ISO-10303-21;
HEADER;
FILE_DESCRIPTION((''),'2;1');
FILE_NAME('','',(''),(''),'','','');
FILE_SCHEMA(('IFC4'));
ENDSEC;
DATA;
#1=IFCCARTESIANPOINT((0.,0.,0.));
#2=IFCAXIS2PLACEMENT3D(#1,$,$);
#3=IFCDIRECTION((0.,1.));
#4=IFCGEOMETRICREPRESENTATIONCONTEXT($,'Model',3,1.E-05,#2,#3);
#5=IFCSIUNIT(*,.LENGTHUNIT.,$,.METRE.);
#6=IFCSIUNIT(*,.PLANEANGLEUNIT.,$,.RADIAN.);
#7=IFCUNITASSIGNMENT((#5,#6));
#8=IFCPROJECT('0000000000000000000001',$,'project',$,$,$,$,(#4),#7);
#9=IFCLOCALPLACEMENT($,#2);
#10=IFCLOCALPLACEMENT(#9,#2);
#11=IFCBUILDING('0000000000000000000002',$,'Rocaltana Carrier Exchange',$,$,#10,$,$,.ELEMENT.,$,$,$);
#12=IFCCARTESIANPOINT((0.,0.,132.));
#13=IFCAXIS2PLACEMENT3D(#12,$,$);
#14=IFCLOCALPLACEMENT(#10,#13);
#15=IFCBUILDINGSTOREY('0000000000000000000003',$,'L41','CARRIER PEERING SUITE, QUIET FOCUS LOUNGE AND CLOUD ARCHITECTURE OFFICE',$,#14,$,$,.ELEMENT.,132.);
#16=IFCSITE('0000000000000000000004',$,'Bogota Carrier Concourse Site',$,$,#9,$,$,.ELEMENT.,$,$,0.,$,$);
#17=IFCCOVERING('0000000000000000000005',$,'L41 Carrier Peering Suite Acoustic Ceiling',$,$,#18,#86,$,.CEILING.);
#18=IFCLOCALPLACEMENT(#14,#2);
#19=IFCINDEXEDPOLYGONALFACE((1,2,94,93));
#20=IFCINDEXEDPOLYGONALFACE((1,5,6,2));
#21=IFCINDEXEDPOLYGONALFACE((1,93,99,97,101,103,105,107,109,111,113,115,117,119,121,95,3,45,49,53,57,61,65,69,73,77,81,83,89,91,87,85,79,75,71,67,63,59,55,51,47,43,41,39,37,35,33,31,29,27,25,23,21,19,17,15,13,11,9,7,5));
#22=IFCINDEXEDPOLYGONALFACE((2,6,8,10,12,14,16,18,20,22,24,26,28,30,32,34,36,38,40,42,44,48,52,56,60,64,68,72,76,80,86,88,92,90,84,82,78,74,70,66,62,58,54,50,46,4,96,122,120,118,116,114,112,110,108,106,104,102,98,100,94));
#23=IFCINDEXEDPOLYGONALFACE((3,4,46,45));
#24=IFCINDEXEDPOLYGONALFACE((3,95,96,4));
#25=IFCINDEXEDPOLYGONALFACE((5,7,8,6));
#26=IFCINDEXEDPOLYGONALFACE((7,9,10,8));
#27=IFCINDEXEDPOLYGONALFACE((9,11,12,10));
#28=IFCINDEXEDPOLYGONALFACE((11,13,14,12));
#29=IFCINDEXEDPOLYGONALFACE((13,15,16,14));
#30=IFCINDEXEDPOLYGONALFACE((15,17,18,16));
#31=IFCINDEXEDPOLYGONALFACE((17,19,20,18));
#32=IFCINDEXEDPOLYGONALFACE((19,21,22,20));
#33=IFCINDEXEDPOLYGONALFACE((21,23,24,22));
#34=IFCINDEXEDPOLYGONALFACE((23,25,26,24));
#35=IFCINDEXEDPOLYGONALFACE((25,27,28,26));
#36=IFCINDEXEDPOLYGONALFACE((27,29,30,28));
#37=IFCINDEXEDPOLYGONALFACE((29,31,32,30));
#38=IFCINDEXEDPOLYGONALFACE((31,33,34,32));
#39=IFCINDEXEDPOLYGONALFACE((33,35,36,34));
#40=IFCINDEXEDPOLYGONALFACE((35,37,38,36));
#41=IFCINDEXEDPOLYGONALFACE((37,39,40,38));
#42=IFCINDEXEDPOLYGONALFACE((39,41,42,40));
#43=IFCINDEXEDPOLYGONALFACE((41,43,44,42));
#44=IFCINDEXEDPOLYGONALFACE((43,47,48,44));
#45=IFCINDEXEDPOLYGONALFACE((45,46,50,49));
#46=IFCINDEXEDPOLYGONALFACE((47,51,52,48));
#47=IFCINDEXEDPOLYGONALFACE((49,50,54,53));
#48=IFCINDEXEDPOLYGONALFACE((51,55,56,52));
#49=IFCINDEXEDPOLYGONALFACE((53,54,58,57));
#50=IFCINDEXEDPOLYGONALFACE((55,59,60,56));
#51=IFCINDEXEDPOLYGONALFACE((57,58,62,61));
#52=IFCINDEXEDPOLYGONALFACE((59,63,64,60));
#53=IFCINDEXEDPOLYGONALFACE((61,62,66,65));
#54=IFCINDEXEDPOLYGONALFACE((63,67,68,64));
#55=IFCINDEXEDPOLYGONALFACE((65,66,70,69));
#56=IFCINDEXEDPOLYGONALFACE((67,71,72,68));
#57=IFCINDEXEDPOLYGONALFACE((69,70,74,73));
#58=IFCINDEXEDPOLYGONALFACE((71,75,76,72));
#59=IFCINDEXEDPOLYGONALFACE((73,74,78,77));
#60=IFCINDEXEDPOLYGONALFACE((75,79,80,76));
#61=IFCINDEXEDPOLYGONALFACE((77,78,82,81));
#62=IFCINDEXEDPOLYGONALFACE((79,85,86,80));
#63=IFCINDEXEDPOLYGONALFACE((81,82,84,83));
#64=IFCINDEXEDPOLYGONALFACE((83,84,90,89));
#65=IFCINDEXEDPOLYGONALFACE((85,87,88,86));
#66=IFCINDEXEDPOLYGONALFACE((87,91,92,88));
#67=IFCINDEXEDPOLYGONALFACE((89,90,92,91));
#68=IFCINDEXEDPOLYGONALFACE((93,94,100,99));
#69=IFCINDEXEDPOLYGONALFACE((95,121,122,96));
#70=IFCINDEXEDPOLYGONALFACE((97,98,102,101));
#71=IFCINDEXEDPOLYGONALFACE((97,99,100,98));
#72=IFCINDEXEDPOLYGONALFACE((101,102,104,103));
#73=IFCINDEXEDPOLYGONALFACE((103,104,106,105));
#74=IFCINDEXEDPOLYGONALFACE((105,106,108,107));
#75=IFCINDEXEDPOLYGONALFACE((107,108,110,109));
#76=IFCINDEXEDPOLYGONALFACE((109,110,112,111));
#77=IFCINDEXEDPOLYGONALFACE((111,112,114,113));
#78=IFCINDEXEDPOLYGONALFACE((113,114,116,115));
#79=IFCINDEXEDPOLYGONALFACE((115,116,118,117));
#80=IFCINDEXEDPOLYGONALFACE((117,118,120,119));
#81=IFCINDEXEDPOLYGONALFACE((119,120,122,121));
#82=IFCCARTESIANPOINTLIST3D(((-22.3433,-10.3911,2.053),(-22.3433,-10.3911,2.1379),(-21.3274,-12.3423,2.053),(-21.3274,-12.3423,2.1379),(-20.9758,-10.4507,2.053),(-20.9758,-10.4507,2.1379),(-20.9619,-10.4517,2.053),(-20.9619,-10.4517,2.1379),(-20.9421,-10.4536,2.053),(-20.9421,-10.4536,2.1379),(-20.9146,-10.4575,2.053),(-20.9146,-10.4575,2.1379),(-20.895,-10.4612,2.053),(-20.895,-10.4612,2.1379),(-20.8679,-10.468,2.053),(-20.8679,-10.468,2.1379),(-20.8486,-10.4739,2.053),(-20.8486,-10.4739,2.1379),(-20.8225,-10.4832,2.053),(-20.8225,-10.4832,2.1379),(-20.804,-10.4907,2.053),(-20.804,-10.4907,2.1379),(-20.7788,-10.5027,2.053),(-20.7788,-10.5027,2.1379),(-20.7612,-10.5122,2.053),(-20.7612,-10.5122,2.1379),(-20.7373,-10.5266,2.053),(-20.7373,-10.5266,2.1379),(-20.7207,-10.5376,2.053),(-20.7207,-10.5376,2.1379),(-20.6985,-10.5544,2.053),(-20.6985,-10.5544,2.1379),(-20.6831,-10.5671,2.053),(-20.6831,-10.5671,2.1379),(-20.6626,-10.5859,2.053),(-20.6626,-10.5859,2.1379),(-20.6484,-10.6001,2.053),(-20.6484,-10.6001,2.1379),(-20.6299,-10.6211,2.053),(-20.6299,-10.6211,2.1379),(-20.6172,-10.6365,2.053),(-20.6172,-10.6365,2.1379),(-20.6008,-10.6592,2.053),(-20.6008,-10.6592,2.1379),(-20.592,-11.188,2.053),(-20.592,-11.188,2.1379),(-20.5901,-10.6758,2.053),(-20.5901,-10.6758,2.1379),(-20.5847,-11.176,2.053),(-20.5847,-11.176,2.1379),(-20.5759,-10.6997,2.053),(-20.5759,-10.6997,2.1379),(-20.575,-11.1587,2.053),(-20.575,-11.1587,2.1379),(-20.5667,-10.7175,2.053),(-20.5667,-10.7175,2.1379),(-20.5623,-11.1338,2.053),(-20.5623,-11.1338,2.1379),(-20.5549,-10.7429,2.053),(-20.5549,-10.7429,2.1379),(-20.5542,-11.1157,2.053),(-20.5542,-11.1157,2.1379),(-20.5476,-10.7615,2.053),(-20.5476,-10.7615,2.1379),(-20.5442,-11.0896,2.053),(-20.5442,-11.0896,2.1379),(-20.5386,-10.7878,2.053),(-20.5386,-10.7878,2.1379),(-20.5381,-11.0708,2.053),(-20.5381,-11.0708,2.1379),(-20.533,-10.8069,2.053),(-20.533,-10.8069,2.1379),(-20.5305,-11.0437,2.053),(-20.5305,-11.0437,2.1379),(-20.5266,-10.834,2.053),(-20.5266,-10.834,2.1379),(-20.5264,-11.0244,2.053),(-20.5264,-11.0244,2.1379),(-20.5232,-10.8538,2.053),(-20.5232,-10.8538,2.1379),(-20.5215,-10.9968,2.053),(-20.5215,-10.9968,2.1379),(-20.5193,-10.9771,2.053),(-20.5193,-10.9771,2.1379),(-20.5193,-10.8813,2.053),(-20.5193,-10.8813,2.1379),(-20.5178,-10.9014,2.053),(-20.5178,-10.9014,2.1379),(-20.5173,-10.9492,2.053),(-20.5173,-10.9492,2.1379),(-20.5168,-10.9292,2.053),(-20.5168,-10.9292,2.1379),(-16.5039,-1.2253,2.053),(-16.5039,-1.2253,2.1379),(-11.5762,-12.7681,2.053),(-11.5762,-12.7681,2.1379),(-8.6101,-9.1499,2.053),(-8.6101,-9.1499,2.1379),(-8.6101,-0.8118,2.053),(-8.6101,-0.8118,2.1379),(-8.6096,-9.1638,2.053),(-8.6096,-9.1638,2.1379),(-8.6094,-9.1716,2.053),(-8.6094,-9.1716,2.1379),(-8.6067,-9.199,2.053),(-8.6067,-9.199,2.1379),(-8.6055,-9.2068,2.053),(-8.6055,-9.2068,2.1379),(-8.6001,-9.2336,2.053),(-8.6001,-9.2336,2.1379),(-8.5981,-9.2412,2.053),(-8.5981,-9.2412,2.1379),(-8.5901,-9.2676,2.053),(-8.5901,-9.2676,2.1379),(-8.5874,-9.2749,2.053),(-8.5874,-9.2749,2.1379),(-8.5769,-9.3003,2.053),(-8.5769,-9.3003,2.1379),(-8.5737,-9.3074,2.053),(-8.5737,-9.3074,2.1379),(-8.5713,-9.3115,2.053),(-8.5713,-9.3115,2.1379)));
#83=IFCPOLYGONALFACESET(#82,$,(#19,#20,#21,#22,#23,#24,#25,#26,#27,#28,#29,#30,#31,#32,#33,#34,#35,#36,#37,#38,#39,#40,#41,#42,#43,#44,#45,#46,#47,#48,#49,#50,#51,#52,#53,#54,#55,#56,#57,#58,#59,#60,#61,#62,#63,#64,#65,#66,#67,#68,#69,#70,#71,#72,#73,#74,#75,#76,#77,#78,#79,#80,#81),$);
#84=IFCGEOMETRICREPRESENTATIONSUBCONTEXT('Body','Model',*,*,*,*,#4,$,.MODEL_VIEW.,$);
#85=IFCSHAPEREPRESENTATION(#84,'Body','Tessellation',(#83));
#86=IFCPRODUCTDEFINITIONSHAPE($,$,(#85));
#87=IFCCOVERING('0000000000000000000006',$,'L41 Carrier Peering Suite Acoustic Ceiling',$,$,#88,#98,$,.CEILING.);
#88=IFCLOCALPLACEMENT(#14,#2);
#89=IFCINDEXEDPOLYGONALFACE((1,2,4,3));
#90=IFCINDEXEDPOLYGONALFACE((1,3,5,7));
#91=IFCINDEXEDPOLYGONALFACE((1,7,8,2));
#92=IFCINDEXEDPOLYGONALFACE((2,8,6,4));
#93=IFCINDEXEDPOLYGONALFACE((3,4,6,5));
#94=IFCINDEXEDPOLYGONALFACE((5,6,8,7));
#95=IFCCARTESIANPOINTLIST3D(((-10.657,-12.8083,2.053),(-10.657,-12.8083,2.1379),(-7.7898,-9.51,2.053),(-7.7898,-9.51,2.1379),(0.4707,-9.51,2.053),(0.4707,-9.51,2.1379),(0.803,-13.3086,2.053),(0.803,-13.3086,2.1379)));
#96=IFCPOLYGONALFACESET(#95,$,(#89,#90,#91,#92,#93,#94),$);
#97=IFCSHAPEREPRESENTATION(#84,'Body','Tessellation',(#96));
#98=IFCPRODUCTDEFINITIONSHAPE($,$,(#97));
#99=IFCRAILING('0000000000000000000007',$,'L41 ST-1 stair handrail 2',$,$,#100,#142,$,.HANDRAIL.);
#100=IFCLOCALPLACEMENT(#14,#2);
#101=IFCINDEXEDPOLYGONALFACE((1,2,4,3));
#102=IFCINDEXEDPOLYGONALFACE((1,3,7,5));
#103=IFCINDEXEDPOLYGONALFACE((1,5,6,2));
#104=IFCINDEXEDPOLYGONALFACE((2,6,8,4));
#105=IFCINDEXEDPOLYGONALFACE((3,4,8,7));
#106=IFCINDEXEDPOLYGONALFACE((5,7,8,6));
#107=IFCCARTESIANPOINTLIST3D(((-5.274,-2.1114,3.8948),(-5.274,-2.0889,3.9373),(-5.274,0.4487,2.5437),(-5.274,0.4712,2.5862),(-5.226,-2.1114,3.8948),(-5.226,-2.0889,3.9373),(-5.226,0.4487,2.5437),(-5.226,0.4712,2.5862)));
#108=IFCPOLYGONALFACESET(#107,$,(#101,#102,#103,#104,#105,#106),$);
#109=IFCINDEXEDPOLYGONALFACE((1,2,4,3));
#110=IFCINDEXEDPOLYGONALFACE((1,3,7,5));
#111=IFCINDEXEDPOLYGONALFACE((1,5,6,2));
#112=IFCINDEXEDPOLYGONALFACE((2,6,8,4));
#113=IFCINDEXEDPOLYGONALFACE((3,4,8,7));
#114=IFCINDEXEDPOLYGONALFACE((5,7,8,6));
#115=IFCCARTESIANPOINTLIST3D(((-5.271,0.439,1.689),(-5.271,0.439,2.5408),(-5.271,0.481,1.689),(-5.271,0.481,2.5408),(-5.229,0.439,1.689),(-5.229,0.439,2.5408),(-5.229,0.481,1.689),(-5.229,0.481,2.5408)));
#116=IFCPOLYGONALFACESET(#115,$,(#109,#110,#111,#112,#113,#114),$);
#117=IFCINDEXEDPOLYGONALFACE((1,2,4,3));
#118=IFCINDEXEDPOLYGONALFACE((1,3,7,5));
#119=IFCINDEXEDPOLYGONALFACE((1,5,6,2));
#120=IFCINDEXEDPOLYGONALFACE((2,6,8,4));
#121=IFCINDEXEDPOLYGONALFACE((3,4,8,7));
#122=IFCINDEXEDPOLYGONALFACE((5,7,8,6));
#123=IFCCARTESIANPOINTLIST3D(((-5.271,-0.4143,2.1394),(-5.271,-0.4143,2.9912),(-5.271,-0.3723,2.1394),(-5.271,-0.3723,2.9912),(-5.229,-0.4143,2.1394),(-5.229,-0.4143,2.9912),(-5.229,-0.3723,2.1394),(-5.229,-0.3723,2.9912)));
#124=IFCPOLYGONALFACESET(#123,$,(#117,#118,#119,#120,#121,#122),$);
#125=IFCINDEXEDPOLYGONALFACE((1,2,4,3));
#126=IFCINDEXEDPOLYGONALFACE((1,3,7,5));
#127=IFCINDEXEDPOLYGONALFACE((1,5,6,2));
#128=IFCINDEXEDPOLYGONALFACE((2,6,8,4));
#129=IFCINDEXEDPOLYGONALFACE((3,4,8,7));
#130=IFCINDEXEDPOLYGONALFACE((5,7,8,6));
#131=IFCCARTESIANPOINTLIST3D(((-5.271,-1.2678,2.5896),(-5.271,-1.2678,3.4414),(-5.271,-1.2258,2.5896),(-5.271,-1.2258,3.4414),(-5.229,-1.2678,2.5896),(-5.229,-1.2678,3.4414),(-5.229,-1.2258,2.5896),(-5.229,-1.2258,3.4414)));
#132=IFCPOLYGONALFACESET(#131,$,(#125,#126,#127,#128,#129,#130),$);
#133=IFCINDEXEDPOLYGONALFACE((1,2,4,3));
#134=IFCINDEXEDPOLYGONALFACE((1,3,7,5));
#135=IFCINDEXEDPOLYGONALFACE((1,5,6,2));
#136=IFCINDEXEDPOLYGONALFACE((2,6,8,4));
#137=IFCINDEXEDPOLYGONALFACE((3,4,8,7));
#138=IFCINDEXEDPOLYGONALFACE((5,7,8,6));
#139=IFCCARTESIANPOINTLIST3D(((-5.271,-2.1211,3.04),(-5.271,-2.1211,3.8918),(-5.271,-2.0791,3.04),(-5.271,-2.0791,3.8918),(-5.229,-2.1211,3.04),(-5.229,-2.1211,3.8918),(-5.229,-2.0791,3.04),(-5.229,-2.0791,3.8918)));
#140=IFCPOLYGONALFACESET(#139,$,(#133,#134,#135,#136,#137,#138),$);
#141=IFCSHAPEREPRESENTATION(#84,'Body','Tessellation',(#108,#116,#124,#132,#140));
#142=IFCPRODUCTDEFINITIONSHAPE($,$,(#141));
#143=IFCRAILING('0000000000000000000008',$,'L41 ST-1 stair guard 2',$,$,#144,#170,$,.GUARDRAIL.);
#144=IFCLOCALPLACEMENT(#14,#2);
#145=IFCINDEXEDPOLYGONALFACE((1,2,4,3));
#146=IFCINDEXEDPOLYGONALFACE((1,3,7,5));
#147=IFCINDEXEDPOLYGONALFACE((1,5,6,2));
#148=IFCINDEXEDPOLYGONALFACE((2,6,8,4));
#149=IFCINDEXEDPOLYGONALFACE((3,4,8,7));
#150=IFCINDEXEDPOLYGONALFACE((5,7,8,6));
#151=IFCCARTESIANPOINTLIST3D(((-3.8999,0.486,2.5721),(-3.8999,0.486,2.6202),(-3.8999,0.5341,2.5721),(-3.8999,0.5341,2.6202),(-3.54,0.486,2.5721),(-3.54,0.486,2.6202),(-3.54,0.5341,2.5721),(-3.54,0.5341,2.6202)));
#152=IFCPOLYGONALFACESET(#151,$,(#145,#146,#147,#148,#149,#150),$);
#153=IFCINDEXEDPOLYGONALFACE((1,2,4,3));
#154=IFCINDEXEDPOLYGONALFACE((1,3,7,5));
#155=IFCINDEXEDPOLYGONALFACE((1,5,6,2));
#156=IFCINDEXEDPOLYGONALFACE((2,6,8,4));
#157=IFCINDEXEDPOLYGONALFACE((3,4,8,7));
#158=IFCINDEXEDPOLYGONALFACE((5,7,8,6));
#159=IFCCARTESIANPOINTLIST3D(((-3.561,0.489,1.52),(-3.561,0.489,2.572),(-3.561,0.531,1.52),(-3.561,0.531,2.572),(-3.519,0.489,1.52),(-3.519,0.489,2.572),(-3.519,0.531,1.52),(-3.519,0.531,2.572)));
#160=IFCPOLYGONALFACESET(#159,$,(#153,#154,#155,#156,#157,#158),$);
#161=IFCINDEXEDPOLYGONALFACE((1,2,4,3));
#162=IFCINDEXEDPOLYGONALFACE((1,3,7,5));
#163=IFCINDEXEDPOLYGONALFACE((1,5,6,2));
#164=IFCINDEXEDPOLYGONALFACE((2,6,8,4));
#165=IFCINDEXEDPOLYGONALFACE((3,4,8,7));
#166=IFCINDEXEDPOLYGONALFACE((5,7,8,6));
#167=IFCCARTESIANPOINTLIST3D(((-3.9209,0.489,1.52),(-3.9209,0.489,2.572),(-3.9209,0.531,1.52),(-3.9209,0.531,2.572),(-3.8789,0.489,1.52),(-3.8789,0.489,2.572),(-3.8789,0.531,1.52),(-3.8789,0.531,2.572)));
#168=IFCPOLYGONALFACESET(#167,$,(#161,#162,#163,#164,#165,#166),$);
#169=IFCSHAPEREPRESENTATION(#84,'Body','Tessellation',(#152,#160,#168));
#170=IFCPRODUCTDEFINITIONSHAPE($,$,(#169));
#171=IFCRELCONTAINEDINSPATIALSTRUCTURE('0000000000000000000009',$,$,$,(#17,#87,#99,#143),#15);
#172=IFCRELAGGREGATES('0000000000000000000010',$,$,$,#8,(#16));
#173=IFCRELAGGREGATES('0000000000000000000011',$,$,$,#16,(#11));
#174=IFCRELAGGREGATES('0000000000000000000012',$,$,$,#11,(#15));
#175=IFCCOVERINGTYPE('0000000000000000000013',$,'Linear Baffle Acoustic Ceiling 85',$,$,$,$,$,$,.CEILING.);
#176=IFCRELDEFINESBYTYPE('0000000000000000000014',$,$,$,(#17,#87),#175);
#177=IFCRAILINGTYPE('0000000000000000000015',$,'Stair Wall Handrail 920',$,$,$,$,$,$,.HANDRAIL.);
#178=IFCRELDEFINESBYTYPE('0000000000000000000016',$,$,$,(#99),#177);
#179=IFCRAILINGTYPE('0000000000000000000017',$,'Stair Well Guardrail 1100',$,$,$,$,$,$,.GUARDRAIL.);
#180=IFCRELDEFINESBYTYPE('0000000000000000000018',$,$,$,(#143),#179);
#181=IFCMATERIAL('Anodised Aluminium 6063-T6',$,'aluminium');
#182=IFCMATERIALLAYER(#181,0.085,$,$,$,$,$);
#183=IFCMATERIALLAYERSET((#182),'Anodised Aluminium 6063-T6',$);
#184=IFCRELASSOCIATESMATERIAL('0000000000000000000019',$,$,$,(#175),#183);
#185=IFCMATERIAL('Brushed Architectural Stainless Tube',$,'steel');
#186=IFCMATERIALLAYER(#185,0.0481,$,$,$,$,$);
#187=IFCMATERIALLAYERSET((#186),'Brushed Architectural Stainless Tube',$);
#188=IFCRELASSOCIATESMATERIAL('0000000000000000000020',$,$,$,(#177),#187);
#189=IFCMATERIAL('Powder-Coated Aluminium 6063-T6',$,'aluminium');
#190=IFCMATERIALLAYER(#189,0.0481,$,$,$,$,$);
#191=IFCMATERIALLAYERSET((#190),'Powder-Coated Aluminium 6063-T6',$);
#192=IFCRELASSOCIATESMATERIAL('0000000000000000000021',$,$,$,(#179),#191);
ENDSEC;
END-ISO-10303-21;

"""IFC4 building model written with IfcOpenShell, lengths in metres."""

from ifc_helpers import new_model, si_unit, direction, frame, origin, origin_2d, place, context, subcontext, project, spatial, polyline, rectangle, outline, extrude, material, layer, layer_set, type_object, element, save


model = new_model("IFC4")

# Units and contexts
model_context = context("Model", 3, precision=1e-05, world=origin(), true_north=direction((0.0, 1.0)))
body_context = subcontext(model_context, "Body", "Model", "MODEL_VIEW")
ifc_project = project(units=[si_unit("LENGTHUNIT", "METRE"), si_unit("PLANEANGLEUNIT", "RADIAN")], contexts=[model_context])

# Site, building, storey
site_placement = place(None, origin())
site = spatial("IfcSite", under=ifc_project, at=site_placement, Name="Bogota Carrier Concourse Site", CompositionType="ELEMENT", RefElevation=0.0)
building_placement = place(site_placement, origin())
building = spatial("IfcBuilding", under=site, at=building_placement, Name="Rocaltana Carrier Exchange", CompositionType="ELEMENT")
storey_placement = place(building_placement, frame((0.0, 0.0, 132.0)))
storey = spatial("IfcBuildingStorey", under=building, at=storey_placement, Name="L41", Description="CARRIER PEERING SUITE, QUIET FOCUS LOUNGE AND CLOUD ARCHITECTURE OFFICE", CompositionType="ELEMENT", Elevation=132.0)

# Coverings
ifc_material_1 = material(Name="Anodised Aluminium 6063-T6", Category="aluminium")
ifc_layer_1 = layer(ifc_material_1, 0.085)
ifc_layer_set_1 = layer_set([ifc_layer_1], Name="Anodised Aluminium 6063-T6")
covering_type_1 = type_object("IfcCoveringType", Name="Linear Baffle Acoustic Ceiling 85", PredefinedType="CEILING", material=ifc_layer_set_1)
covering_1_placement = place(storey_placement, frame((0.0, 0.0, 2.053)))
element("IfcCovering", 1, at=covering_1_placement, inside=storey, type_object=covering_type_1, Name="L41 Carrier Peering Suite Acoustic Ceiling", PredefinedType="CEILING", context=body_context, shape_type="SweptSolid", body=[
    extrude(outline(polyline([(-20.592, -11.188), (-20.5847, -11.176), (-20.575, -11.1587), (-20.5623, -11.1338), (-20.5542, -11.1157), (-20.5442, -11.0896), (-20.5381, -11.0708), (-20.5305, -11.0437), (-20.5264, -11.0244), (-20.5215, -10.9968), (-20.5193, -10.9771), (-20.5173, -10.9492), (-20.5168, -10.9292), (-20.5178, -10.9014), (-20.5193, -10.8813), (-20.5232, -10.8538), (-20.5266, -10.834), (-20.533, -10.8069), (-20.5386, -10.7878), (-20.5476, -10.7615), (-20.5549, -10.7429), (-20.5667, -10.7175), (-20.5759, -10.6997), (-20.5901, -10.6758), (-20.6008, -10.6592), (-20.6172, -10.6365), (-20.6299, -10.6211), (-20.6484, -10.6001), (-20.6626, -10.5859), (-20.6831, -10.5671), (-20.6985, -10.5544), (-20.7207, -10.5376), (-20.7373, -10.5266), (-20.7612, -10.5122), (-20.7788, -10.5027), (-20.804, -10.4907), (-20.8225, -10.4832), (-20.8486, -10.4739), (-20.8679, -10.468), (-20.895, -10.4612), (-20.9146, -10.4575), (-20.9421, -10.4536), (-20.9619, -10.4517), (-20.9758, -10.4507), (-22.3433, -10.3911), (-16.5039, -1.2253), (-8.6101, -0.8118), (-8.6101, -9.1499), (-8.6096, -9.1638), (-8.6094, -9.1716), (-8.6067, -9.199), (-8.6055, -9.2068), (-8.6001, -9.2336), (-8.5981, -9.2412), (-8.5901, -9.2676), (-8.5874, -9.2749), (-8.5769, -9.3003), (-8.5737, -9.3074), (-8.5713, -9.3115), (-11.5762, -12.7681), (-21.3274, -12.3423), (-20.592, -11.188)])), origin(), (0.0, 0.0, 1.0), 0.085),
])
covering_2_placement = place(storey_placement, frame((0.0, 0.0, 2.053)))
element("IfcCovering", 2, at=covering_2_placement, inside=storey, type_object=covering_type_1, Name="L41 Carrier Peering Suite Acoustic Ceiling", PredefinedType="CEILING", context=body_context, shape_type="SweptSolid", body=[
    extrude(outline(polyline([(-10.657, -12.8083), (-7.7898, -9.51), (0.4707, -9.51), (0.803, -13.3086), (-10.657, -12.8083)])), origin(), (0.0, 0.0, 1.0), 0.085),
])

# Railings
ifc_material_2 = material(Name="Brushed Architectural Stainless Tube", Category="steel")
ifc_layer_2 = layer(ifc_material_2, 0.0481)
ifc_layer_set_2 = layer_set([ifc_layer_2], Name="Brushed Architectural Stainless Tube")
railing_type_1 = type_object("IfcRailingType", Name="Stair Wall Handrail 920", PredefinedType="HANDRAIL", material=ifc_layer_set_2)
railing_1_placement = place(storey_placement, frame((-5.25, 0.46, 1.689)))
element("IfcRailing", 3, at=railing_1_placement, inside=storey, type_object=railing_type_1, Name="L41 ST-1 stair handrail 2", PredefinedType="HANDRAIL", context=body_context, shape_type="SweptSolid", body=[
    extrude(rectangle(XDim=0.0481, YDim=0.0481, at=origin_2d()), frame((0.0, 0.0, 0.876), z_axis=(0.0, -0.884394, 0.46674), x_axis=(1.0, 0.0, 0.0)), (0.0, 0.0, 1.0), 2.8948),
    extrude(rectangle(XDim=0.042, YDim=0.042, at=origin_2d()), origin(), (0.0, 0.0, 1.0), 0.8518),
    extrude(rectangle(XDim=0.042, YDim=0.042, at=origin_2d()), frame((0.0, -0.8533, 0.4504)), (0.0, 0.0, 1.0), 0.8518),
    extrude(rectangle(XDim=0.042, YDim=0.042, at=origin_2d()), frame((0.0, -1.7068, 0.9006)), (0.0, 0.0, 1.0), 0.8518),
    extrude(rectangle(XDim=0.042, YDim=0.042, at=origin_2d()), frame((0.0, -2.5601, 1.3511)), (0.0, 0.0, 1.0), 0.8518),
])
ifc_material_3 = material(Name="Powder-Coated Aluminium 6063-T6", Category="aluminium")
ifc_layer_3 = layer(ifc_material_3, 0.0481)
ifc_layer_set_3 = layer_set([ifc_layer_3], Name="Powder-Coated Aluminium 6063-T6")
railing_type_2 = type_object("IfcRailingType", Name="Stair Well Guardrail 1100", PredefinedType="GUARDRAIL", material=ifc_layer_set_3)
railing_2_placement = place(storey_placement, frame((-3.54, 0.51, 1.52)))
element("IfcRailing", 4, at=railing_2_placement, inside=storey, type_object=railing_type_2, Name="L41 ST-1 stair guard 2", PredefinedType="GUARDRAIL", context=body_context, shape_type="SweptSolid", body=[
    extrude(rectangle(XDim=0.0481, YDim=0.0481, at=origin_2d()), frame((0.0, 0.0, 1.0762), z_axis=(-1.0, 0.0, 0.0), x_axis=(0.0, -1.0, 0.0)), (0.0, 0.0, 1.0), 0.3599),
    extrude(rectangle(XDim=0.042, YDim=0.042, at=origin_2d()), origin(), (0.0, 0.0, 1.0), 1.052),
    extrude(rectangle(XDim=0.042, YDim=0.042, at=origin_2d()), frame((-0.3599, 0.0, 0.0)), (0.0, 0.0, 1.0), 1.052),
])

save(model, "model.ifc")
